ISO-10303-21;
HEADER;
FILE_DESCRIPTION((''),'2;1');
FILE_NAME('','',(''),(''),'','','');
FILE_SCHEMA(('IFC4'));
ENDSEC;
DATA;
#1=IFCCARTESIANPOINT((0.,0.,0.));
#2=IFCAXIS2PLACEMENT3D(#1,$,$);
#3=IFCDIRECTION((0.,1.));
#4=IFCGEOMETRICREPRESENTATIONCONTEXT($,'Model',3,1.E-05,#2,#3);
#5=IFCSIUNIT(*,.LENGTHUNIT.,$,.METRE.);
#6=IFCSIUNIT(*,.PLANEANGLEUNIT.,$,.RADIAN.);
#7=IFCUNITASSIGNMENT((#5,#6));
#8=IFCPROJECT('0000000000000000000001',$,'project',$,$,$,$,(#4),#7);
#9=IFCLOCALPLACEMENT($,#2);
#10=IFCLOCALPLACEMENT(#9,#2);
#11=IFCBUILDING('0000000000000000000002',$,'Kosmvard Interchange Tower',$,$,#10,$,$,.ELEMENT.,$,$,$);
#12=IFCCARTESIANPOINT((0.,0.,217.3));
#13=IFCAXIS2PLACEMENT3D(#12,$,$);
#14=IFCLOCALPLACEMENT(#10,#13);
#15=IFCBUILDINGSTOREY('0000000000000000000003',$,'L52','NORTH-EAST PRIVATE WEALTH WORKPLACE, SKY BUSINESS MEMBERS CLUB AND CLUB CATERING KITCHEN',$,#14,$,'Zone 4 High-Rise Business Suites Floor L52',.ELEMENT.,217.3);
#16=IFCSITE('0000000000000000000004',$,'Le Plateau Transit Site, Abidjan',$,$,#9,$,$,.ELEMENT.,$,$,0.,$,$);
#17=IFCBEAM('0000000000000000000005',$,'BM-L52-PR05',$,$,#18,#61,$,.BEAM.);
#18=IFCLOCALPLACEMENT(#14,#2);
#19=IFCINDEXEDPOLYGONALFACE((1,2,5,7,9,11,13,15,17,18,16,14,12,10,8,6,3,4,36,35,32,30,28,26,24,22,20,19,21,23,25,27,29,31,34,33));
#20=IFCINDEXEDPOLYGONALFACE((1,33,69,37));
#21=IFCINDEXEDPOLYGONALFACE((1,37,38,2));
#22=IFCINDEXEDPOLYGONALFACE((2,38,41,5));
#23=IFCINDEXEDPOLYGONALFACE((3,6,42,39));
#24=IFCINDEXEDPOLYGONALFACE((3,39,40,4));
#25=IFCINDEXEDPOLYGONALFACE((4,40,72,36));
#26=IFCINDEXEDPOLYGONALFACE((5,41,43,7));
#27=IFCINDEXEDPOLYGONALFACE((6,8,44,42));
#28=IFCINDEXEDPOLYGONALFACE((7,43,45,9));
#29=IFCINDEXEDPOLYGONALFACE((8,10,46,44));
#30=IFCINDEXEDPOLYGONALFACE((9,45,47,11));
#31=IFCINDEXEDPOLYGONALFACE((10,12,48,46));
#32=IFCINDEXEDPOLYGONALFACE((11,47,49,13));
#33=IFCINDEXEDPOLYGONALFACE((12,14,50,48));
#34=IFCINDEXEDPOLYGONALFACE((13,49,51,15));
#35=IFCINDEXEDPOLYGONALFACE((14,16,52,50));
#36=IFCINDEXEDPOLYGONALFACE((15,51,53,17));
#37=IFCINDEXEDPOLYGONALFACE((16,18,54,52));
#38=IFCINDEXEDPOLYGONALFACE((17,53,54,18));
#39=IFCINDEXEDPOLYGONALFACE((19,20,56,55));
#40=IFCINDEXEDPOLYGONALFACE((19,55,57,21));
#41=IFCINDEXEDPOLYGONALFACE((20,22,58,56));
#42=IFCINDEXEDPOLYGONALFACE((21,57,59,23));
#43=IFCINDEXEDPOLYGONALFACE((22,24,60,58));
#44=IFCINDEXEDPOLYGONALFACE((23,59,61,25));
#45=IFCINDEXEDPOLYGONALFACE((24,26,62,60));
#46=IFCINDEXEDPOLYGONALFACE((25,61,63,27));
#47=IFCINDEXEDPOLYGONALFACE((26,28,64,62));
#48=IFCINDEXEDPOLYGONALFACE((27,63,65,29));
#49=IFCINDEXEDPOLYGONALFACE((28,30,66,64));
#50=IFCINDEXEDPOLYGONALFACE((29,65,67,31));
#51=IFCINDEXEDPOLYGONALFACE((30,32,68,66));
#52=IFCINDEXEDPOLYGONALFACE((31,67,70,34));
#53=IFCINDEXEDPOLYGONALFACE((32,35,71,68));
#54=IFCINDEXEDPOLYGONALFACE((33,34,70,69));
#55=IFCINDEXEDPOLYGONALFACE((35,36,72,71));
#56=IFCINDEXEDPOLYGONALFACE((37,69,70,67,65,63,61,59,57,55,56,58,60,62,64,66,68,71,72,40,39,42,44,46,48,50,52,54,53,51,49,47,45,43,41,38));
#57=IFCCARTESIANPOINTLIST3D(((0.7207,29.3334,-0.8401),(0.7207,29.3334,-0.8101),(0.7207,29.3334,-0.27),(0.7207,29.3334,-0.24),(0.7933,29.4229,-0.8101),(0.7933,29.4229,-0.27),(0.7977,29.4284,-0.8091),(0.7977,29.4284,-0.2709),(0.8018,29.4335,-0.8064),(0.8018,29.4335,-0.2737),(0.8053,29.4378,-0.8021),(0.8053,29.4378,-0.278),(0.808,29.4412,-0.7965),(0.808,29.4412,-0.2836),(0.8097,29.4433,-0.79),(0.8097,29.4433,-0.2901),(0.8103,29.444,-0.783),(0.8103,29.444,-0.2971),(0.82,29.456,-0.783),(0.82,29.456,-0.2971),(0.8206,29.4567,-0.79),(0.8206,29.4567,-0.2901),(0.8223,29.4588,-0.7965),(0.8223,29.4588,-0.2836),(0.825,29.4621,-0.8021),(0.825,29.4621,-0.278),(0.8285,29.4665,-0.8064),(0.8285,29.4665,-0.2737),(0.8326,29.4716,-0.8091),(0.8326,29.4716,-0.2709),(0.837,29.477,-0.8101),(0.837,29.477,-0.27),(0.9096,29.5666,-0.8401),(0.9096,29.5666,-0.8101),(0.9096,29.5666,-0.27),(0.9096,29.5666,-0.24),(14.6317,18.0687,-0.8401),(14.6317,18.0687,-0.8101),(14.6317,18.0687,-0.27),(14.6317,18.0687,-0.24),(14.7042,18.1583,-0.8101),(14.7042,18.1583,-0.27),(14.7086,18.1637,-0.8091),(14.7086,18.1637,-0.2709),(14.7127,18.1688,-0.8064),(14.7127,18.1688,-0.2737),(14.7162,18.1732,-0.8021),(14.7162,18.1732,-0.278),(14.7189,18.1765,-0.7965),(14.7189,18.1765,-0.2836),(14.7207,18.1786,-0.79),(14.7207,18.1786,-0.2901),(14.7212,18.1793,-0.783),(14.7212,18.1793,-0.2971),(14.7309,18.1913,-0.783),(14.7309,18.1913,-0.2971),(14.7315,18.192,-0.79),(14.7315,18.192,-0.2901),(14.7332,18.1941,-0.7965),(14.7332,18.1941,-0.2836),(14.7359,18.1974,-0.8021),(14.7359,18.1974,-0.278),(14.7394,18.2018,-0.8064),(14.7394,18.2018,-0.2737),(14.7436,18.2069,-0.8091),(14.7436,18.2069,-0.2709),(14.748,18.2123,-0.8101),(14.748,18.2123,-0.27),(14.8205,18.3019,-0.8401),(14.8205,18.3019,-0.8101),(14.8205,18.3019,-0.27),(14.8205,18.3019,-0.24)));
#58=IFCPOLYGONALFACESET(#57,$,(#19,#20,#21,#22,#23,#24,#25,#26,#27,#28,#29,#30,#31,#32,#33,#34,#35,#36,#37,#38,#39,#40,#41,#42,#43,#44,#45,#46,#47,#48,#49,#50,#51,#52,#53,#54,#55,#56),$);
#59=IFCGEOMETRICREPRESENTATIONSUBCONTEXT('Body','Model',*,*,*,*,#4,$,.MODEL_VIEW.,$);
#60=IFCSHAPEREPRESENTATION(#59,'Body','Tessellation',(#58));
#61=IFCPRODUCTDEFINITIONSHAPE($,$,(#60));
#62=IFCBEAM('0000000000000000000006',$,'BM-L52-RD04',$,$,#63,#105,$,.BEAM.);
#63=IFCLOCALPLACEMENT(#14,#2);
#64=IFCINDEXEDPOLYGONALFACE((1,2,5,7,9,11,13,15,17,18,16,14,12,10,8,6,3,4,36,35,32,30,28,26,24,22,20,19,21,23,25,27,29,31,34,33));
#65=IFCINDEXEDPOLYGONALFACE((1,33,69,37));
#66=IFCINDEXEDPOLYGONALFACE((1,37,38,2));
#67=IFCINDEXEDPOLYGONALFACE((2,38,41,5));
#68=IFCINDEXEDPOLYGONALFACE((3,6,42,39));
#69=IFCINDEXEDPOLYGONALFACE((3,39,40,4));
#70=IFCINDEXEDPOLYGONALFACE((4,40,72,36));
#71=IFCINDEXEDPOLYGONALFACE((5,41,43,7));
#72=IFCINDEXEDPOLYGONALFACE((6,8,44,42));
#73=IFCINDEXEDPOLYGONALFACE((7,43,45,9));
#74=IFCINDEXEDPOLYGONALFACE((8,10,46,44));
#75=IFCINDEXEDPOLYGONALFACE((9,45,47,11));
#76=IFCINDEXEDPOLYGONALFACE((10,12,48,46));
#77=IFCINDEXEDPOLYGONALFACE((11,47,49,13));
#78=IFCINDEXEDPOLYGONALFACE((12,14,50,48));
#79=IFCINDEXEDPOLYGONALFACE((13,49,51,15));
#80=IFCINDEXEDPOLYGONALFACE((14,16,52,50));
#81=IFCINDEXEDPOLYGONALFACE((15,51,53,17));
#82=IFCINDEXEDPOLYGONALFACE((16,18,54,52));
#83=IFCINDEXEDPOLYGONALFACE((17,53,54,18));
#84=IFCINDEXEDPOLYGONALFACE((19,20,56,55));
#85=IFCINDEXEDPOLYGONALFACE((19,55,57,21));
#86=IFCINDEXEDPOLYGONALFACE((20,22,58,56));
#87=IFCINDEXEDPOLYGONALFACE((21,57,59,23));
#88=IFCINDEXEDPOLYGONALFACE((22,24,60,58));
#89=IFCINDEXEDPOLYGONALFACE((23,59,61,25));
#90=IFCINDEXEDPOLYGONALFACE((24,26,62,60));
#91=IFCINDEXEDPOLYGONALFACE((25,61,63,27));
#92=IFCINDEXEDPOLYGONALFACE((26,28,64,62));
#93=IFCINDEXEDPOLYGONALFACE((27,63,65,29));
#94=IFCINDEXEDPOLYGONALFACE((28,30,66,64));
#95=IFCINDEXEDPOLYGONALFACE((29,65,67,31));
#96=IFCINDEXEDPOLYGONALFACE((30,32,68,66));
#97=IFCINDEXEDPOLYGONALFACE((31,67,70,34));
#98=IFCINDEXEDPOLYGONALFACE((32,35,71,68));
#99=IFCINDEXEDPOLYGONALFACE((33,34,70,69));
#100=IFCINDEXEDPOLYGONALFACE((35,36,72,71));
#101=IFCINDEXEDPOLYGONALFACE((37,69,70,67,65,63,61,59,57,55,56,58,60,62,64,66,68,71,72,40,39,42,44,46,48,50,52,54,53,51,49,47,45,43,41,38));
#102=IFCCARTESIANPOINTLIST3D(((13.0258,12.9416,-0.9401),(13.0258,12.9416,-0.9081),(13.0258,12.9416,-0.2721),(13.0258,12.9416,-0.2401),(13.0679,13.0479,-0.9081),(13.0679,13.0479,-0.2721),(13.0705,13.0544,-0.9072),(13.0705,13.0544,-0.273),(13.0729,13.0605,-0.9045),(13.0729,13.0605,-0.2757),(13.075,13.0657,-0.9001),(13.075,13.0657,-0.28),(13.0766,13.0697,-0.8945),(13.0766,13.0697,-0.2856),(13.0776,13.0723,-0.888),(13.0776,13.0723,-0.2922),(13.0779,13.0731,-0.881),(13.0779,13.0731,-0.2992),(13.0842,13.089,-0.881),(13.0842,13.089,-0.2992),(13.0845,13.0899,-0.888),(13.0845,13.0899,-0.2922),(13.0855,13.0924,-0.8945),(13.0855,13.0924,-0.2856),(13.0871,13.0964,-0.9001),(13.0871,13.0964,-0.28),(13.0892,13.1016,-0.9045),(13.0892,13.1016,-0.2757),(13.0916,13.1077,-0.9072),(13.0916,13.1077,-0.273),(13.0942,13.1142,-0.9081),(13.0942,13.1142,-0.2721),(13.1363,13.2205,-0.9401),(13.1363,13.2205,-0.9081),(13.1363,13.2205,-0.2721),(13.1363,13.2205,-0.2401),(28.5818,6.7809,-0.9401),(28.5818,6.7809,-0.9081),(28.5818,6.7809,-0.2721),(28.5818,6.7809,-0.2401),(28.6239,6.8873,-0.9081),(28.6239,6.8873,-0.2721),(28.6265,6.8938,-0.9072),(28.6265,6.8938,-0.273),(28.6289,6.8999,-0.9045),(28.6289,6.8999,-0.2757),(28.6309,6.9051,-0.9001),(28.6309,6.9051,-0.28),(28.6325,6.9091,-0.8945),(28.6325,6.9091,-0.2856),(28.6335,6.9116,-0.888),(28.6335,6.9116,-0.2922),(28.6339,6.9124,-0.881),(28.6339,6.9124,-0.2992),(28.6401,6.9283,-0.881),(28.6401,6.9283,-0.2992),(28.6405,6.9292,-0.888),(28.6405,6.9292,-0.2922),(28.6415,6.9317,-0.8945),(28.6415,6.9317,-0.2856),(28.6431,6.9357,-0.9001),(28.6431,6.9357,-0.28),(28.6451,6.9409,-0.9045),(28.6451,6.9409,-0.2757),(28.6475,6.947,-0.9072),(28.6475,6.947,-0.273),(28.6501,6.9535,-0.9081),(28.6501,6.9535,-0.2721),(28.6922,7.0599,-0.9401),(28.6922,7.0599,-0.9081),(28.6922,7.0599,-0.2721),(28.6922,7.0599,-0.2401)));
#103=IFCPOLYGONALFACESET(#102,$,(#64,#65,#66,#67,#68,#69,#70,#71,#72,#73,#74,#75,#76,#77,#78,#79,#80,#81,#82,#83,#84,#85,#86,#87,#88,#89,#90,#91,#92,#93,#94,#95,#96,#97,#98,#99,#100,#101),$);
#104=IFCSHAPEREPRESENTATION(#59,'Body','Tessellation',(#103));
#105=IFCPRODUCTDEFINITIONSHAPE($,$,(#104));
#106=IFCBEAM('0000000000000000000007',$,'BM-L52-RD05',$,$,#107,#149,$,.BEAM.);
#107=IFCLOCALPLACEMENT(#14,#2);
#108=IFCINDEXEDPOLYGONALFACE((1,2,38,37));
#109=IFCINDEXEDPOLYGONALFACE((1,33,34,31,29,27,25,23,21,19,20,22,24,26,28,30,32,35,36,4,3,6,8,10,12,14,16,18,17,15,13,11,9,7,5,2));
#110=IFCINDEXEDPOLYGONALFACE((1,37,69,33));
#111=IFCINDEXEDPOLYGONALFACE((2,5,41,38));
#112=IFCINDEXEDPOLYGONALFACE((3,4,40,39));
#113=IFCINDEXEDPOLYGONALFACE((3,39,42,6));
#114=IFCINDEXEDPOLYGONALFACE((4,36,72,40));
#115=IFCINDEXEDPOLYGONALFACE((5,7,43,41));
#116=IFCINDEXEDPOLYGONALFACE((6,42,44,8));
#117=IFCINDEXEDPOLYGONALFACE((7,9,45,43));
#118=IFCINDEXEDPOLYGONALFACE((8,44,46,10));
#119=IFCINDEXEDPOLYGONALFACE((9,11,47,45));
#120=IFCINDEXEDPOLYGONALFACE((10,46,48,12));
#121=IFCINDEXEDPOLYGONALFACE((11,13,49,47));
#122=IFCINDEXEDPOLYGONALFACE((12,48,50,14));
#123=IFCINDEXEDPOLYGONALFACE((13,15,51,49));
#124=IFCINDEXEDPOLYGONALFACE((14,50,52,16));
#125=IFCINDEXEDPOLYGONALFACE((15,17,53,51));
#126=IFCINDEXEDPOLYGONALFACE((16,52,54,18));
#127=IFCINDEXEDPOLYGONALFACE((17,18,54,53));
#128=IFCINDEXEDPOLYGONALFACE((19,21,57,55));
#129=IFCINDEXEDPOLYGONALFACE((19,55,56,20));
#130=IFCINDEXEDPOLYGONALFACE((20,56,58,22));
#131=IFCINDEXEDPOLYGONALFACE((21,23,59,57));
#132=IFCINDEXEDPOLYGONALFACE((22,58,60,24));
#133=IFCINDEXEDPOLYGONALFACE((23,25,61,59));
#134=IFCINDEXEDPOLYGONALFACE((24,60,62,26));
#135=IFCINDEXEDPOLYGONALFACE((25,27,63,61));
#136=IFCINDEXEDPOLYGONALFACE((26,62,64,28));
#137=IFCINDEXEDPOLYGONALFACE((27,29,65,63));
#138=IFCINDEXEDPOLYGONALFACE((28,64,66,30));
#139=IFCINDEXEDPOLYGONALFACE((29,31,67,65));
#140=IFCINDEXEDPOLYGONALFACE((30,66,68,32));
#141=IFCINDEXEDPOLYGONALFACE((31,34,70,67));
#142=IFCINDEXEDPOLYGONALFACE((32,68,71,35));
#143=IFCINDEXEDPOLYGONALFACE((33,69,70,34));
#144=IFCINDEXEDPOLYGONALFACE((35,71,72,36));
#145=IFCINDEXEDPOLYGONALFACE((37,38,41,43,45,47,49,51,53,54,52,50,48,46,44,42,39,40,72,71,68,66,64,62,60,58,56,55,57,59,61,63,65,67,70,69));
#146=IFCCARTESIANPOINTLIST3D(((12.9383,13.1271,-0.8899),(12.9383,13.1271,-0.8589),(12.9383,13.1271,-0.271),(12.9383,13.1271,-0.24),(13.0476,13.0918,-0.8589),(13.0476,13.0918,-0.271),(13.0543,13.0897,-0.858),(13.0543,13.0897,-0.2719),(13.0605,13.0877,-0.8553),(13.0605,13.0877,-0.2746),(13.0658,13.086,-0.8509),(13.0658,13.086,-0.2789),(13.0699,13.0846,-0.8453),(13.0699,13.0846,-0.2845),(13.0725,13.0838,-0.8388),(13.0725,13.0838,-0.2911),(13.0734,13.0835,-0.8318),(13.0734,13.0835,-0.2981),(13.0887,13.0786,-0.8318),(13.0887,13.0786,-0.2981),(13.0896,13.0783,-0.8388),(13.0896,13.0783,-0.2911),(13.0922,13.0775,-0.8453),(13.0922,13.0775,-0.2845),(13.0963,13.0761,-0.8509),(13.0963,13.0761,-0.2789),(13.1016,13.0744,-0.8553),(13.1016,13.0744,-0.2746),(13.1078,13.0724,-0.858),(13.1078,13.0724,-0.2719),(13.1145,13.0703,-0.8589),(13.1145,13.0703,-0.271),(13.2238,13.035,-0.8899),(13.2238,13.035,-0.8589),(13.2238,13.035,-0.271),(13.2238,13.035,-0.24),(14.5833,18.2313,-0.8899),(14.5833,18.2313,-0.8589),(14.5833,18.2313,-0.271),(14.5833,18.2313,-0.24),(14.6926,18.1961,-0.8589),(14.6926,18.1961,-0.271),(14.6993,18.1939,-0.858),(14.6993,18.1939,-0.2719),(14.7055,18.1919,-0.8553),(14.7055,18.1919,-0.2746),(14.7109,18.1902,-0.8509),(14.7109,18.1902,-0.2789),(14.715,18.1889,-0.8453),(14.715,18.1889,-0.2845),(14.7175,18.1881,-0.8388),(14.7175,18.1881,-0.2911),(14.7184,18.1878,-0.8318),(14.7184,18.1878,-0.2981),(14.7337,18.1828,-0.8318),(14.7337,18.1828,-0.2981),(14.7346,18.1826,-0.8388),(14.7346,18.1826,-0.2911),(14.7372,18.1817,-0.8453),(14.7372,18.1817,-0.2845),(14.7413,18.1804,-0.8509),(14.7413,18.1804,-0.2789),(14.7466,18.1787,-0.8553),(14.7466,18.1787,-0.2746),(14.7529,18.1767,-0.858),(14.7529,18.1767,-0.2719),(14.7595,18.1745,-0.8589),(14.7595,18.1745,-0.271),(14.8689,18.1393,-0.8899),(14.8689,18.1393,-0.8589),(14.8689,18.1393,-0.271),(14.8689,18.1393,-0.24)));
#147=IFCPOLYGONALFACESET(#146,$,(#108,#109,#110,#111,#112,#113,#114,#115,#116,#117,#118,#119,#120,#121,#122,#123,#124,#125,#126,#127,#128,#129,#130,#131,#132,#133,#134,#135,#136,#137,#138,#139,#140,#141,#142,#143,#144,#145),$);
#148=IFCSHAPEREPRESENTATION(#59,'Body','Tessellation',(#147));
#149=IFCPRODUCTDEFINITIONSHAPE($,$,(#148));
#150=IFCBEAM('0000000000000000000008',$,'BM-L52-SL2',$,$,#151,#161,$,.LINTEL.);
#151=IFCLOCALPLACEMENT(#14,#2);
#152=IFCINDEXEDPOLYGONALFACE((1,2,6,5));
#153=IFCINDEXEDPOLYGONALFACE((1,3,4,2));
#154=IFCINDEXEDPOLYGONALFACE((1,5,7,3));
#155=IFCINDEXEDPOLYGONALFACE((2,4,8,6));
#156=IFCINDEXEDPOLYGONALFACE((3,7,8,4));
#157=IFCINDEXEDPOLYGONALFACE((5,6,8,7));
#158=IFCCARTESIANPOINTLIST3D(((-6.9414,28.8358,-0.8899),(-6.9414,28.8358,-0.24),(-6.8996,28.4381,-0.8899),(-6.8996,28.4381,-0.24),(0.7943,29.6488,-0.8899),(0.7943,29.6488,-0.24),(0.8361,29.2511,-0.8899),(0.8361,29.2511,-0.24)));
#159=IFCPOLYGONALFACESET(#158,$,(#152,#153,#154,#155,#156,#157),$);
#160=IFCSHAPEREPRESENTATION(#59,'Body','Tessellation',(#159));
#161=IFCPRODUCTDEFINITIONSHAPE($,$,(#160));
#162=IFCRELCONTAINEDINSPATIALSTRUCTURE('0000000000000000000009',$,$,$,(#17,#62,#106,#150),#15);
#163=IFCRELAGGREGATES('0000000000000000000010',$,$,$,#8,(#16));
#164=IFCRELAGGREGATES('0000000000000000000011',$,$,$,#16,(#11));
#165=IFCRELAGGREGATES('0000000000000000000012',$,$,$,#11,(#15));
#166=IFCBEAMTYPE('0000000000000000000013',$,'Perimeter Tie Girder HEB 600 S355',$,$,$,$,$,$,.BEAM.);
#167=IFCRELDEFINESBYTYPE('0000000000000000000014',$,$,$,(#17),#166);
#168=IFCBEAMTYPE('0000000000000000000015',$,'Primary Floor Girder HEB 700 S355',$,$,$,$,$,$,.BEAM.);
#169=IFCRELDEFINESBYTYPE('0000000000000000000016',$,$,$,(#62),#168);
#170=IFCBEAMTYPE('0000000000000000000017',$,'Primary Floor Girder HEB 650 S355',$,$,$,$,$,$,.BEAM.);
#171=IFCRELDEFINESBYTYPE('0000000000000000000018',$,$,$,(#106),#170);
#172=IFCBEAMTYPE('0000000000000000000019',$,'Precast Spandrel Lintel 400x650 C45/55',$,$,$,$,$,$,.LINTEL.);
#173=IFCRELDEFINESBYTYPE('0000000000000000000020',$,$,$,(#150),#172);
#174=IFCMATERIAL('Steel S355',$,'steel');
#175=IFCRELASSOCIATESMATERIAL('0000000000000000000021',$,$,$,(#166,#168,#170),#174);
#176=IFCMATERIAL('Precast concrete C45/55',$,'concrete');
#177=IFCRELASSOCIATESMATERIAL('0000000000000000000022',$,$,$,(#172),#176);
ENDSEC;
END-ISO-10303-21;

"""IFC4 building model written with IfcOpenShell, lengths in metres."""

from ifc_helpers import new_model, si_unit, direction, frame, origin, origin_2d, place, context, subcontext, project, spatial, rectangle, i_section, extrude, source, transform, mapped, material, material_profile, profile_set, type_object, element, save


model = new_model("IFC4")

# Units and contexts
model_context = context("Model", 3, precision=1e-05, world=origin(), true_north=direction((0.0, 1.0)))
body_context = subcontext(model_context, "Body", "Model", "MODEL_VIEW")
ifc_project = project(units=[si_unit("LENGTHUNIT", "METRE"), si_unit("PLANEANGLEUNIT", "RADIAN")], contexts=[model_context])

# Site, building, storey
site_placement = place(None, origin())
site = spatial("IfcSite", under=ifc_project, at=site_placement, Name="Le Plateau Transit Site, Abidjan", CompositionType="ELEMENT", RefElevation=0.0)
building_placement = place(site_placement, origin())
building = spatial("IfcBuilding", under=site, at=building_placement, Name="Kosmvard Interchange Tower", CompositionType="ELEMENT")
storey_placement = place(building_placement, frame((0.0, 0.0, 217.3)))
storey = spatial("IfcBuildingStorey", under=building, at=storey_placement, Name="L52", Description="NORTH-EAST PRIVATE WEALTH WORKPLACE, SKY BUSINESS MEMBERS CLUB AND CLUB CATERING KITCHEN", LongName="Zone 4 High-Rise Business Suites Floor L52", CompositionType="ELEMENT", Elevation=217.3)

# Beams
ifc_material_1 = material(Name="Steel S355", Category="steel")
ifc_material_profile_1 = material_profile(ifc_material_1, i_section(OverallWidth=0.3, OverallDepth=0.6001, WebThickness=0.0154, FlangeThickness=0.03, FilletRadius=0.0271, at=origin_2d()), Name="HEB 600")
ifc_profile_set_1 = profile_set([ifc_material_profile_1], Name="Steel S355")
beam_type_1 = type_object("IfcBeamType", Name="Perimeter Tie Girder HEB 600 S355", PredefinedType="BEAM", material=ifc_profile_set_1)
shared_shape_1 = source(origin(), body_context, "Body", "SweptSolid", [
    extrude(i_section(OverallWidth=0.3, OverallDepth=0.6001, WebThickness=0.0154, FlangeThickness=0.03, FilletRadius=0.0271, at=origin_2d()), origin(), (0.0, 0.0, 1.0), 17.8999),
])
beam_1_placement = place(storey_placement, frame((14.7261, 18.1853, -0.54), z_axis=(-0.777151, 0.629315, 0.0), x_axis=(-0.629315, -0.777151, 0.0)))
element("IfcBeam", 1, at=beam_1_placement, inside=storey, type_object=beam_type_1, Name="BM-L52-PR05", PredefinedType="BEAM", context=body_context, shape_type="MappedRepresentation", body=[
    mapped(shared_shape_1, transform((0.0, 0.0, 0.0), scale=1.0)),
])
ifc_material_profile_2 = material_profile(ifc_material_1, i_section(OverallWidth=0.3, OverallDepth=0.7, WebThickness=0.0171, FlangeThickness=0.032, FilletRadius=0.0271, at=origin_2d()), Name="HEB 700")
ifc_profile_set_2 = profile_set([ifc_material_profile_2], Name="Steel S355")
beam_type_2 = type_object("IfcBeamType", Name="Primary Floor Girder HEB 700 S355", PredefinedType="BEAM", material=ifc_profile_set_2)
shared_shape_2 = source(origin(), body_context, "Body", "SweptSolid", [
    extrude(i_section(OverallWidth=0.3, OverallDepth=0.7, WebThickness=0.0171, FlangeThickness=0.032, FilletRadius=0.0271, at=origin_2d()), origin(), (0.0, 0.0, 1.0), 16.7314),
])
beam_2_placement = place(storey_placement, frame((13.0811, 13.0811, -0.5901), z_axis=(0.929743, -0.368209, 0.0), x_axis=(0.368209, 0.929743, 0.0)))
element("IfcBeam", 2, at=beam_2_placement, inside=storey, type_object=beam_type_2, Name="BM-L52-RD04", PredefinedType="BEAM", context=body_context, shape_type="MappedRepresentation", body=[
    mapped(shared_shape_2, transform((0.0, 0.0, 0.0), scale=1.0)),
])
ifc_material_profile_3 = material_profile(ifc_material_1, i_section(OverallWidth=0.3, OverallDepth=0.6499, WebThickness=0.0161, FlangeThickness=0.031, FilletRadius=0.0271, at=origin_2d()), Name="HEB 650")
ifc_profile_set_3 = profile_set([ifc_material_profile_3], Name="Steel S355")
beam_type_3 = type_object("IfcBeamType", Name="Primary Floor Girder HEB 650 S355", PredefinedType="BEAM", material=ifc_profile_set_3)
shared_shape_3 = source(origin(), body_context, "Body", "SweptSolid", [
    extrude(i_section(OverallWidth=0.3, OverallDepth=0.6499, WebThickness=0.0161, FlangeThickness=0.031, FilletRadius=0.0271, at=origin_2d()), origin(), (0.0, 0.0, 1.0), 5.3628),
])
beam_3_placement = place(storey_placement, frame((13.0811, 13.0811, -0.5649), z_axis=(0.306747, 0.951791, 0.0), x_axis=(-0.951791, 0.306747, 0.0)))
element("IfcBeam", 3, at=beam_3_placement, inside=storey, type_object=beam_type_3, Name="BM-L52-RD05", PredefinedType="BEAM", context=body_context, shape_type="MappedRepresentation", body=[
    mapped(shared_shape_3, transform((0.0, 0.0, 0.0), scale=1.0)),
])
ifc_material_2 = material(Name="Precast concrete C45/55", Category="concrete")
ifc_material_profile_4 = material_profile(ifc_material_2, rectangle(XDim=0.3999, YDim=0.6499, at=origin_2d()), Name="SL 400x650")
ifc_profile_set_4 = profile_set([ifc_material_profile_4], Name="Precast concrete C45/55")
beam_type_4 = type_object("IfcBeamType", Name="Precast Spandrel Lintel 400x650 C45/55", PredefinedType="LINTEL", material=ifc_profile_set_4)
shared_shape_4 = source(origin(), body_context, "Body", "SweptSolid", [
    extrude(rectangle(XDim=0.3999, YDim=0.6499, at=origin_2d()), origin(), (0.0, 0.0, 1.0), 7.7783),
])
beam_4_placement = place(storey_placement, frame((0.8152, 29.45, -0.5649), z_axis=(-0.994523, -0.104521, 0.0), x_axis=(0.104521, -0.994523, 0.0)))
element("IfcBeam", 4, at=beam_4_placement, inside=storey, type_object=beam_type_4, Name="BM-L52-SL2", PredefinedType="LINTEL", context=body_context, shape_type="MappedRepresentation", body=[
    mapped(shared_shape_4, transform((0.0, 0.0, 0.0), scale=1.0)),
])

save(model, "model.ifc")
